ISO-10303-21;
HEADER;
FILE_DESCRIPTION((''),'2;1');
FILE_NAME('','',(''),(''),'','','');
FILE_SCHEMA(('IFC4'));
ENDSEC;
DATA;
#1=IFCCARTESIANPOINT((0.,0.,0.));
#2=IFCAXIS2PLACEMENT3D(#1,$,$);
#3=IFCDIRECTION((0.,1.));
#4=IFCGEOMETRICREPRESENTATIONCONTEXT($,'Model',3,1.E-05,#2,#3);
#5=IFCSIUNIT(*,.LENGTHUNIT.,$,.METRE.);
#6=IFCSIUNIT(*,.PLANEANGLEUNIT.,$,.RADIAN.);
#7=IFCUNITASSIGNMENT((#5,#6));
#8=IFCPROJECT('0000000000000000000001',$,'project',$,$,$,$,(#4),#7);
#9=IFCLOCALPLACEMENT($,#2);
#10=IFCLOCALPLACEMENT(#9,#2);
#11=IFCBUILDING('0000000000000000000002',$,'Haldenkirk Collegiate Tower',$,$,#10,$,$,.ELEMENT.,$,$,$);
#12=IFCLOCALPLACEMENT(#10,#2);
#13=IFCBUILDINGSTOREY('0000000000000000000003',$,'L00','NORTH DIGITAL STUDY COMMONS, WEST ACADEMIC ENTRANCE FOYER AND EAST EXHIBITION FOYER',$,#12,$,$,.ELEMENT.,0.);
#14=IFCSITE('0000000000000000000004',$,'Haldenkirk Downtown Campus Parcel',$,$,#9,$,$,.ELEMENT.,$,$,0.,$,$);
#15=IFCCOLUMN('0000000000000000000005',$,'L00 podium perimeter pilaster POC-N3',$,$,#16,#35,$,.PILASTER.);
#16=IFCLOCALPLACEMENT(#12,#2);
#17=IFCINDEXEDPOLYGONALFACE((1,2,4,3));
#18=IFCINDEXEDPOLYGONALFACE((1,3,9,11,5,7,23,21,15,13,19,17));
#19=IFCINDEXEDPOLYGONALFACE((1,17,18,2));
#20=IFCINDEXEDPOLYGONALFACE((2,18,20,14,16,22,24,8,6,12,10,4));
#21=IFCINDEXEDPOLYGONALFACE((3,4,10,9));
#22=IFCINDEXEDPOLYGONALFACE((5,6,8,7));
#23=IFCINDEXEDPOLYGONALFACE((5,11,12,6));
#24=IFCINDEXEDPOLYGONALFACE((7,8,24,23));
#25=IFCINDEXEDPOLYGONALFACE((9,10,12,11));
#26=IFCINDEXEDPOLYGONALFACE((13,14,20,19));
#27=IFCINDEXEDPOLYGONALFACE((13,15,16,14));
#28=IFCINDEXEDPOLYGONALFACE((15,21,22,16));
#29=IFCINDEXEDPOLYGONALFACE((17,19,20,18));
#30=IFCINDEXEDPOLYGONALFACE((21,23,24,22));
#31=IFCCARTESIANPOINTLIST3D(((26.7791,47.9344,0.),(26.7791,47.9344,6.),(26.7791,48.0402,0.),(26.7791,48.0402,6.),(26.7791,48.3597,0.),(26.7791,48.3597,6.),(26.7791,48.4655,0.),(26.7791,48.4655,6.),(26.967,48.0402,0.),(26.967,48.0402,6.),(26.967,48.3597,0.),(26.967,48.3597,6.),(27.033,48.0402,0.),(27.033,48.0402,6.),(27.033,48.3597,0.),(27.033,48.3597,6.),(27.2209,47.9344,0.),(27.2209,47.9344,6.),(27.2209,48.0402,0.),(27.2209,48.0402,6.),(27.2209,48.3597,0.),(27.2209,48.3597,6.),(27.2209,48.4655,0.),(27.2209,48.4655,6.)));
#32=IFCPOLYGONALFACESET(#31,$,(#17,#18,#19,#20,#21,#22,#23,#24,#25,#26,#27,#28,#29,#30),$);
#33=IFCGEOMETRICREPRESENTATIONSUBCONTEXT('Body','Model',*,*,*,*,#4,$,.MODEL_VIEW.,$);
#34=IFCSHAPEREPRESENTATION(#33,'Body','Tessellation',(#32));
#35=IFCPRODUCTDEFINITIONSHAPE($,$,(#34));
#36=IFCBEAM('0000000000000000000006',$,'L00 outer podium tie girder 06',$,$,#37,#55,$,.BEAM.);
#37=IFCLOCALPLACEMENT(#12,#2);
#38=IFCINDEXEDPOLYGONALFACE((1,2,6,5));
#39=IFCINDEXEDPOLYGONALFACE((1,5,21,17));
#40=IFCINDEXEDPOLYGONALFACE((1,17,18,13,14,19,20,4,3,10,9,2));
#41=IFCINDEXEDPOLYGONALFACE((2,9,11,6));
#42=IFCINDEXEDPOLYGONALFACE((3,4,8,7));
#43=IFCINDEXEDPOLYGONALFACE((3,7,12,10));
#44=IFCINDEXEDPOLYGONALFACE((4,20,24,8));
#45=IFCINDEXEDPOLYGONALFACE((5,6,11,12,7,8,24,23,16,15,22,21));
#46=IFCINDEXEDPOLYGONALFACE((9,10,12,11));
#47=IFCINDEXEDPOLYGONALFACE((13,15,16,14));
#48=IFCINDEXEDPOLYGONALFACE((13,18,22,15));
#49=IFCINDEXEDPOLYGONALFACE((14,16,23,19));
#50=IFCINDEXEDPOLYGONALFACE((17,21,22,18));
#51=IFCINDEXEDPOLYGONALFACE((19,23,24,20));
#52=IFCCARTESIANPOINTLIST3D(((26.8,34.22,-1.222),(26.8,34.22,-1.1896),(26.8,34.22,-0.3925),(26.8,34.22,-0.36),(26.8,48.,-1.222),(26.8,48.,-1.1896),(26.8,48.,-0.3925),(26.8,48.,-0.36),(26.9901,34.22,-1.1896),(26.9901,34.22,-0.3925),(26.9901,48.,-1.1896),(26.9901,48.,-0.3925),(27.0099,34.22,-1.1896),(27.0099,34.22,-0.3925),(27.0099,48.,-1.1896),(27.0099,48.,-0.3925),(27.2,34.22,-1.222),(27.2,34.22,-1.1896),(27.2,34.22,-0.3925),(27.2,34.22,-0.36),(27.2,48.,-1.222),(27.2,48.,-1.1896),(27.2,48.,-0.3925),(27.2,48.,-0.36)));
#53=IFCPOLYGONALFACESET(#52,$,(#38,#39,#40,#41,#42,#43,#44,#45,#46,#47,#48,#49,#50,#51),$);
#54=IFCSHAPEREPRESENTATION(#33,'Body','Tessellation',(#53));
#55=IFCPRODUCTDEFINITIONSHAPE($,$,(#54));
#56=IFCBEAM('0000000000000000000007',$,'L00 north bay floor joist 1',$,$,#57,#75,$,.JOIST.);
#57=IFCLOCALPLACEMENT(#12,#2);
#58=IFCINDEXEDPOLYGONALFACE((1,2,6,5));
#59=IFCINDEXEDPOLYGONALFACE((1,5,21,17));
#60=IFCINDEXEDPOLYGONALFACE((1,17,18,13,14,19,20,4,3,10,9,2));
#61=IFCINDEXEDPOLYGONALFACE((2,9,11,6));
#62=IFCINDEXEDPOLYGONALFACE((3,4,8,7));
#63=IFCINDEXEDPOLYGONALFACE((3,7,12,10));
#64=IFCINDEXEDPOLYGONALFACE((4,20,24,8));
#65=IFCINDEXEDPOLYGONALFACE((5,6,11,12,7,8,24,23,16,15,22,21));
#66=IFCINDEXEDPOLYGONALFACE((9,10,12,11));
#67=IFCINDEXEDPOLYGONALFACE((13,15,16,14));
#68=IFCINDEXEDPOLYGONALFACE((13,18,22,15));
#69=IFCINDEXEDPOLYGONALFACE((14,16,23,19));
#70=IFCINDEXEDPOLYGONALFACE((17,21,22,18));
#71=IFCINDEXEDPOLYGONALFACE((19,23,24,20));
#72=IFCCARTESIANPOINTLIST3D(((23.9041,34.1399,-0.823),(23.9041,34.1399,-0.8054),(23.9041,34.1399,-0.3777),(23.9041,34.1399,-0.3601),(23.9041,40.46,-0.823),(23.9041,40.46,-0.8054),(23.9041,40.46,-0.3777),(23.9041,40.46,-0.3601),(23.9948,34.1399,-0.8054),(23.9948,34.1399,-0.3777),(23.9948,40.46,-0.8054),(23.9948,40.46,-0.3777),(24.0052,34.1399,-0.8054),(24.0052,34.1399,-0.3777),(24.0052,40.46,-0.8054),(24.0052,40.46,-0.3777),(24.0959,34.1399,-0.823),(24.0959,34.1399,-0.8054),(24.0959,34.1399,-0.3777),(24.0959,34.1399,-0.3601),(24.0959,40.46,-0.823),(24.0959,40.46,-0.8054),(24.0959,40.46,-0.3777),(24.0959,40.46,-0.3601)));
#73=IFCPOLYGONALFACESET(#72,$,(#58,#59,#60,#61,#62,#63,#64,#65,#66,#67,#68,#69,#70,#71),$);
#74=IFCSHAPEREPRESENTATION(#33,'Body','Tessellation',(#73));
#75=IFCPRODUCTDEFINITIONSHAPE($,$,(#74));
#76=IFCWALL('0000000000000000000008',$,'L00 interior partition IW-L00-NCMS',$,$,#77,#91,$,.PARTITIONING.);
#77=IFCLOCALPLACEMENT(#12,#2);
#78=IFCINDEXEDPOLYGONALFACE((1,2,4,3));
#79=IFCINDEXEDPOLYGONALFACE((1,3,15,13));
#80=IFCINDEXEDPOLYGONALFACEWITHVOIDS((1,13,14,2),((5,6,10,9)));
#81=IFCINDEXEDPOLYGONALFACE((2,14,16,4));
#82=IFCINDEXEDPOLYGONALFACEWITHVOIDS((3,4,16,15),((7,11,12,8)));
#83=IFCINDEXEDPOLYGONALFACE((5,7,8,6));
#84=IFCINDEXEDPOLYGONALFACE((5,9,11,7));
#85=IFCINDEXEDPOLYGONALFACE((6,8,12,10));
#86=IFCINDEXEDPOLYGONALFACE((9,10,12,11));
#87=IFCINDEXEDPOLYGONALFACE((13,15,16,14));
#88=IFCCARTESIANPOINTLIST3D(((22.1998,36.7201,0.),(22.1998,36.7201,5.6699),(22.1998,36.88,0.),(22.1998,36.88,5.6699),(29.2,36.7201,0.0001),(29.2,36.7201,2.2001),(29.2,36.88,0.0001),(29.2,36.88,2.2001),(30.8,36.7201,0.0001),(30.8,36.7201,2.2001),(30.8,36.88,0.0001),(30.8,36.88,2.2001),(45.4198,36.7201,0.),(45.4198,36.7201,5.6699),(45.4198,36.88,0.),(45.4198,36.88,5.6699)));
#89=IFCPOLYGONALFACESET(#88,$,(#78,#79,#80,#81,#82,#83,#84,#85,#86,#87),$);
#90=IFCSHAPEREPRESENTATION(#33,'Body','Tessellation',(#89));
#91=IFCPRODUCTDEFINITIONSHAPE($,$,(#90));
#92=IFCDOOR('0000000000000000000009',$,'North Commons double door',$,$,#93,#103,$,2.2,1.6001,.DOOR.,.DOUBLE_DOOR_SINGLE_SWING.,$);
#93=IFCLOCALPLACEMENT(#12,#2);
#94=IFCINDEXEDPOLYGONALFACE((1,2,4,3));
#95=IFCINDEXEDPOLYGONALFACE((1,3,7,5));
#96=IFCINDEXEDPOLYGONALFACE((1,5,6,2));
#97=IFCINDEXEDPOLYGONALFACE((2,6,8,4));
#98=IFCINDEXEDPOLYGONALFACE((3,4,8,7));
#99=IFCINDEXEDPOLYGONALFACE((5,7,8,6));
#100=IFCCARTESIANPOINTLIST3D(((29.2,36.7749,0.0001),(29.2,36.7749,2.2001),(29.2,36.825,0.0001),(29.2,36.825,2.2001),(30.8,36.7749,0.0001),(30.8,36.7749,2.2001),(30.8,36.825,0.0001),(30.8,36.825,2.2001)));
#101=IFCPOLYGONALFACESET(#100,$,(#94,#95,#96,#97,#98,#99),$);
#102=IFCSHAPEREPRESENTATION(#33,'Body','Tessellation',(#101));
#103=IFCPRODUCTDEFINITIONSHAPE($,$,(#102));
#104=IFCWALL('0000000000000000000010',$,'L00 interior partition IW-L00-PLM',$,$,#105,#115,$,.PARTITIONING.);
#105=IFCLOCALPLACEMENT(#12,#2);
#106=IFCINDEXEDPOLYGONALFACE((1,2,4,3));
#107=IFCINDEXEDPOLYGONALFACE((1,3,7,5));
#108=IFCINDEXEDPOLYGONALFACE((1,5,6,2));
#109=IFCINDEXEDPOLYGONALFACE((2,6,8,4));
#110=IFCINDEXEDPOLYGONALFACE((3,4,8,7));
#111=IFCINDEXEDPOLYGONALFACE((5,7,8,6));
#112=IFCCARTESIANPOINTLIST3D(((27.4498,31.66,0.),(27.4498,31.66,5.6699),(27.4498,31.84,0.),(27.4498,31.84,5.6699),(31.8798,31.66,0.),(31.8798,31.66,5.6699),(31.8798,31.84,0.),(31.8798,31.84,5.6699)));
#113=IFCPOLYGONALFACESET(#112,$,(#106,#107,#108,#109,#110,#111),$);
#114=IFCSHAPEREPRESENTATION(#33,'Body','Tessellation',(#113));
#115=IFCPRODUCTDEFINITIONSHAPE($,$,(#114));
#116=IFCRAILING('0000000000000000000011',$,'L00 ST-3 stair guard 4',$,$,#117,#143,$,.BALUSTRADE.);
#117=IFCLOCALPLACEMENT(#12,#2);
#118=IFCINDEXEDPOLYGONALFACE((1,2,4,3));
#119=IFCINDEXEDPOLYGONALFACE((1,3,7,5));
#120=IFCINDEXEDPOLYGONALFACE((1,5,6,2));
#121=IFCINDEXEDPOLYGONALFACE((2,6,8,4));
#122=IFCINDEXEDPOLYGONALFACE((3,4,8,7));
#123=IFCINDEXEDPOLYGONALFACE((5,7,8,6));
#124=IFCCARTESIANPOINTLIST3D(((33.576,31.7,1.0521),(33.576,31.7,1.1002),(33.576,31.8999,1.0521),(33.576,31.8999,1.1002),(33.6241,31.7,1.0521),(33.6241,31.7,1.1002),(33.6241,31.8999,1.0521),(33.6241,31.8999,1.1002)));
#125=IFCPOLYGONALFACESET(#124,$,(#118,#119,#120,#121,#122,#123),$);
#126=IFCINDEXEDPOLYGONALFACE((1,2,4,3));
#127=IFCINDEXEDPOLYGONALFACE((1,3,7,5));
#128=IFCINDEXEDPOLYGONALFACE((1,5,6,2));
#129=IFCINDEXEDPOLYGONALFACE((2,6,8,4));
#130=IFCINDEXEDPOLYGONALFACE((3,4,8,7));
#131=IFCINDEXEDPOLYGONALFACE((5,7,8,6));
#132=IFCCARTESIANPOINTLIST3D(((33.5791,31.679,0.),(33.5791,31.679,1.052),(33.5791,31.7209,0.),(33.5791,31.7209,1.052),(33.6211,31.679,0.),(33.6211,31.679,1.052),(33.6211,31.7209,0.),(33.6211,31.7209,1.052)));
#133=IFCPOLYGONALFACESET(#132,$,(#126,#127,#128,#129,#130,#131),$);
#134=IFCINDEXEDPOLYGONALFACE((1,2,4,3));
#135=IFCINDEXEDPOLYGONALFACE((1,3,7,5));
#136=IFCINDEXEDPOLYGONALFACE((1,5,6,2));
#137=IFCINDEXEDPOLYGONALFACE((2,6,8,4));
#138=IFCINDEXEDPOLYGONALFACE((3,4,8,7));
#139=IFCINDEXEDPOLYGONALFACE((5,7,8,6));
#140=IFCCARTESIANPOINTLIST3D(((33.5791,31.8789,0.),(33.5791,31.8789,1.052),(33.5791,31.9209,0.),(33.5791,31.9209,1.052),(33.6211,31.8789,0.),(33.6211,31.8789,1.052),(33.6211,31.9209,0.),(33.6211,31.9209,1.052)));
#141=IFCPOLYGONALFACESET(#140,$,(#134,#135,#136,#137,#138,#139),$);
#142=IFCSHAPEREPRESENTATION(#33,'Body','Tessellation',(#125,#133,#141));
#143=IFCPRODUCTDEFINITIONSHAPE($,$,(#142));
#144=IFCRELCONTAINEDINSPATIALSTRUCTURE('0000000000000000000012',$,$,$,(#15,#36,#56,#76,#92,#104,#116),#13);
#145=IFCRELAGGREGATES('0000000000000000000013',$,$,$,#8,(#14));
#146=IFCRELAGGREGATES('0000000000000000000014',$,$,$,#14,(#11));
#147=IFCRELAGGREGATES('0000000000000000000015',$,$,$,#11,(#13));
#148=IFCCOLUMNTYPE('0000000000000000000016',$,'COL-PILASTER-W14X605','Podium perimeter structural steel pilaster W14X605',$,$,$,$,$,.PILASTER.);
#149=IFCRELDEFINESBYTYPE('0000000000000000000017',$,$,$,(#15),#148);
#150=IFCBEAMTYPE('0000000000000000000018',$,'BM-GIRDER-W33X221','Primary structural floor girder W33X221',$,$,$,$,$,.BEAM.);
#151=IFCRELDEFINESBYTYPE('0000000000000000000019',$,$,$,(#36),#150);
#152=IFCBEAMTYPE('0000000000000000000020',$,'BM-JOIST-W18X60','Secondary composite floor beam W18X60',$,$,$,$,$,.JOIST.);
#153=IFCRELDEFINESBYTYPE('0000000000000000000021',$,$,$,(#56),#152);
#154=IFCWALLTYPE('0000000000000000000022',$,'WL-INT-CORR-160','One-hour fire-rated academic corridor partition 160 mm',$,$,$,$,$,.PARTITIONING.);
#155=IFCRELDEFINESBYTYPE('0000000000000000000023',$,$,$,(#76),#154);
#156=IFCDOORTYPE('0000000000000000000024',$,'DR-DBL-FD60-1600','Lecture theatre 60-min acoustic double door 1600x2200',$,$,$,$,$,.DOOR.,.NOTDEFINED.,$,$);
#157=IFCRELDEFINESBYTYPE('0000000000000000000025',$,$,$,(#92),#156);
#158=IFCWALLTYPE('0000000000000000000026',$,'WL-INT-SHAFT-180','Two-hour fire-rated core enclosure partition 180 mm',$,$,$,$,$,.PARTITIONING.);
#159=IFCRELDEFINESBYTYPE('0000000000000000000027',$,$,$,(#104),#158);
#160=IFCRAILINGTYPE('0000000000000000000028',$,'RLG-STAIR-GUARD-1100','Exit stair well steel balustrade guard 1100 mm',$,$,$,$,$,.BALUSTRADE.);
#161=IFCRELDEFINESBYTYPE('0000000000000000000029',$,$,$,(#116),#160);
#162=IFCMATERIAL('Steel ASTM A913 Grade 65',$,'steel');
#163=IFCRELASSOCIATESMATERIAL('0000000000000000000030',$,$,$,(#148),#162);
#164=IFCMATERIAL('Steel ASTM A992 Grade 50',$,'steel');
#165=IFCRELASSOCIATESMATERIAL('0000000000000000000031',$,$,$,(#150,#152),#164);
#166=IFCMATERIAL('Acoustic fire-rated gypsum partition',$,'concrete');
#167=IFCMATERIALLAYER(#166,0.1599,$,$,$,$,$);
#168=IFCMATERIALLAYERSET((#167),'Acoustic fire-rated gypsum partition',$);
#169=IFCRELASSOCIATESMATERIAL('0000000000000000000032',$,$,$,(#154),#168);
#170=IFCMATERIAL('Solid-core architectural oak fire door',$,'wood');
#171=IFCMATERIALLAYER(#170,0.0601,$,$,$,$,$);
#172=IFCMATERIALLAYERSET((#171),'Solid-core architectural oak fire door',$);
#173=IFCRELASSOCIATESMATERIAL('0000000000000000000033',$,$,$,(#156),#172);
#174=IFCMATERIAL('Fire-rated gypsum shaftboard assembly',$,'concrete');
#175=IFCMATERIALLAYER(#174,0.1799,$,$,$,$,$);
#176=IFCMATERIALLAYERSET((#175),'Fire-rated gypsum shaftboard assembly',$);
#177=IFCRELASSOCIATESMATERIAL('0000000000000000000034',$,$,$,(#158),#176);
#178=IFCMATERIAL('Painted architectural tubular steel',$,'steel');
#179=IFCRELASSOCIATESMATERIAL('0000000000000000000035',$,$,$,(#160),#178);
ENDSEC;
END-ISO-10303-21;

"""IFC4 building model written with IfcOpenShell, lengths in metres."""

from ifc_helpers import new_model, si_unit, direction, frame, frame_2d, origin, origin_2d, place, context, subcontext, project, spatial, rectangle, i_section, extrude, material, layer, layer_set, material_profile, profile_set, type_object, element, fill, save


model = new_model("IFC4")

# Units and contexts
model_context = context("Model", 3, precision=1e-05, world=origin(), true_north=direction((0.0, 1.0)))
body_context = subcontext(model_context, "Body", "Model", "MODEL_VIEW")
ifc_project = project(units=[si_unit("LENGTHUNIT", "METRE"), si_unit("PLANEANGLEUNIT", "RADIAN")], contexts=[model_context])

# Site, building, storey
site_placement = place(None, origin())
site = spatial("IfcSite", under=ifc_project, at=site_placement, Name="Haldenkirk Downtown Campus Parcel", CompositionType="ELEMENT", RefElevation=0.0)
building_placement = place(site_placement, origin())
building = spatial("IfcBuilding", under=site, at=building_placement, Name="Haldenkirk Collegiate Tower", CompositionType="ELEMENT")
storey_placement = place(building_placement, origin())
storey = spatial("IfcBuildingStorey", under=building, at=storey_placement, Name="L00", Description="NORTH DIGITAL STUDY COMMONS, WEST ACADEMIC ENTRANCE FOYER AND EAST EXHIBITION FOYER", CompositionType="ELEMENT", Elevation=0.0)

# Column
ifc_material_1 = material(Name="Steel ASTM A913 Grade 65", Category="steel")
ifc_material_profile_1 = material_profile(ifc_material_1, i_section(OverallWidth=0.4419, OverallDepth=0.531, WebThickness=0.0659, FlangeThickness=0.1057, at=origin_2d()), Name="W14X605")
ifc_profile_set_1 = profile_set([ifc_material_profile_1], Name="Steel ASTM A913 Grade 65")
column_type = type_object("IfcColumnType", Name="COL-PILASTER-W14X605", Description="Podium perimeter structural steel pilaster W14X605", PredefinedType="PILASTER", material=ifc_profile_set_1)
column_placement = place(storey_placement, frame((27.0, 48.2, 0.0), z_axis=(0.0, 0.0, 1.0), x_axis=(1.0, 0.0, 0.0)))
element("IfcColumn", 1, at=column_placement, inside=storey, type_object=column_type, Name="L00 podium perimeter pilaster POC-N3", PredefinedType="PILASTER", context=body_context, shape_type="SweptSolid", body=[
    extrude(i_section(OverallWidth=0.4419, OverallDepth=0.531, WebThickness=0.0659, FlangeThickness=0.1057, at=origin_2d()), origin(), (0.0, 0.0, 1.0), 6.0),
])

# Beams
ifc_material_2 = material(Name="Steel ASTM A992 Grade 50", Category="steel")
ifc_material_profile_2 = material_profile(ifc_material_2, i_section(OverallWidth=0.3999, OverallDepth=0.8621, WebThickness=0.0198, FlangeThickness=0.0325, at=origin_2d()), Name="W33X221")
ifc_profile_set_2 = profile_set([ifc_material_profile_2], Name="Steel ASTM A992 Grade 50")
beam_type_1 = type_object("IfcBeamType", Name="BM-GIRDER-W33X221", Description="Primary structural floor girder W33X221", PredefinedType="BEAM", material=ifc_profile_set_2)
beam_1_placement = place(storey_placement, frame((27.0, 48.0, -0.791), z_axis=(0.0, -1.0, 0.0), x_axis=(1.0, 0.0, 0.0)))
element("IfcBeam", 2, at=beam_1_placement, inside=storey, type_object=beam_type_1, Name="L00 outer podium tie girder 06", PredefinedType="BEAM", context=body_context, shape_type="SweptSolid", body=[
    extrude(i_section(OverallWidth=0.3999, OverallDepth=0.8621, WebThickness=0.0198, FlangeThickness=0.0325, at=origin_2d()), origin(), (0.0, 0.0, 1.0), 13.78),
])
ifc_material_profile_3 = material_profile(ifc_material_2, i_section(OverallWidth=0.1919, OverallDepth=0.4629, WebThickness=0.0105, FlangeThickness=0.0176, at=origin_2d()), Name="W18X60")
ifc_profile_set_3 = profile_set([ifc_material_profile_3], Name="Steel ASTM A992 Grade 50")
beam_type_2 = type_object("IfcBeamType", Name="BM-JOIST-W18X60", Description="Secondary composite floor beam W18X60", PredefinedType="JOIST", material=ifc_profile_set_3)
beam_2_placement = place(storey_placement, frame((24.0, 34.1399, -0.5916), z_axis=(0.0, 1.0, 0.0), x_axis=(-1.0, 0.0, 0.0)))
element("IfcBeam", 3, at=beam_2_placement, inside=storey, type_object=beam_type_2, Name="L00 north bay floor joist 1", PredefinedType="JOIST", context=body_context, shape_type="SweptSolid", body=[
    extrude(i_section(OverallWidth=0.1919, OverallDepth=0.4629, WebThickness=0.0105, FlangeThickness=0.0176, at=origin_2d()), origin(), (0.0, 0.0, 1.0), 6.3201),
])

# Wall, opening, door
ifc_material_3 = material(Name="Acoustic fire-rated gypsum partition", Category="concrete")
ifc_layer_1 = layer(ifc_material_3, 0.1599)
ifc_layer_set_1 = layer_set([ifc_layer_1], Name="Acoustic fire-rated gypsum partition")
wall_type_1 = type_object("IfcWallType", Name="WL-INT-CORR-160", Description="One-hour fire-rated academic corridor partition 160 mm", PredefinedType="PARTITIONING", material=ifc_layer_set_1)
wall_1_placement = place(storey_placement, frame((22.2, 36.8, 0.0), z_axis=(0.0, 0.0, 1.0), x_axis=(1.0, 0.0, 0.0)))
wall_1 = element("IfcWall", 4, at=wall_1_placement, inside=storey, type_object=wall_type_1, Name="L00 interior partition IW-L00-NCMS", PredefinedType="PARTITIONING", context=body_context, shape_type="SweptSolid", body=[
    extrude(rectangle(XDim=23.22, YDim=0.1599, at=frame_2d((11.6099, 0.0))), origin(), (0.0, 0.0, 1.0), 5.6699),
])
opening_1_placement = place(wall_1_placement, frame((7.0, 0.0, 0.0)))
opening_1 = element("IfcOpeningElement", 5, at=opening_1_placement, cuts=wall_1, PredefinedType="OPENING", context=body_context, shape_type="SweptSolid", body=[
    extrude(rectangle(XDim=1.6001, YDim=2.2, at=frame_2d((0.8, 1.1001))), frame((0.0, 0.0898, 0.0), z_axis=(0.0, -1.0, 0.0), x_axis=(1.0, 0.0, 0.0)), (0.0, 0.0, 1.0), 0.1799),
])
ifc_material_4 = material(Name="Solid-core architectural oak fire door", Category="wood")
ifc_layer_2 = layer(ifc_material_4, 0.0601)
ifc_layer_set_2 = layer_set([ifc_layer_2], Name="Solid-core architectural oak fire door")
door_type_1 = type_object("IfcDoorType", Name="DR-DBL-FD60-1600", Description="Lecture theatre 60-min acoustic double door 1600x2200", OperationType="NOTDEFINED", PredefinedType="DOOR", material=ifc_layer_set_2)
door_1_placement = place(opening_1_placement, origin())
door_1 = element("IfcDoor", 6, at=door_1_placement, inside=storey, type_object=door_type_1, Name="North Commons double door", OperationType="DOUBLE_DOOR_SINGLE_SWING", OverallHeight=2.2, OverallWidth=1.6001, PredefinedType="DOOR", context=body_context, shape_type="SweptSolid", body=[
    extrude(rectangle(XDim=1.6001, YDim=2.2, at=frame_2d((0.8, 1.1001))), frame((0.0, 0.0249, 0.0), z_axis=(0.0, -1.0, 0.0), x_axis=(1.0, 0.0, 0.0)), (0.0, 0.0, 1.0), 0.05),
])
fill(opening_1, door_1)

# Wall
ifc_material_5 = material(Name="Fire-rated gypsum shaftboard assembly", Category="concrete")
ifc_layer_3 = layer(ifc_material_5, 0.1799)
ifc_layer_set_3 = layer_set([ifc_layer_3], Name="Fire-rated gypsum shaftboard assembly")
wall_type_2 = type_object("IfcWallType", Name="WL-INT-SHAFT-180", Description="Two-hour fire-rated core enclosure partition 180 mm", PredefinedType="PARTITIONING", material=ifc_layer_set_3)
wall_2_placement = place(storey_placement, frame((27.45, 31.75, 0.0), z_axis=(0.0, 0.0, 1.0), x_axis=(1.0, 0.0, 0.0)))
element("IfcWall", 7, at=wall_2_placement, inside=storey, type_object=wall_type_2, Name="L00 interior partition IW-L00-PLM", PredefinedType="PARTITIONING", context=body_context, shape_type="SweptSolid", body=[
    extrude(rectangle(XDim=4.4299, YDim=0.1799, at=frame_2d((2.2148, 0.0))), origin(), (0.0, 0.0, 1.0), 5.6699),
])

# Railing
ifc_material_6 = material(Name="Painted architectural tubular steel", Category="steel")
railing_type = type_object("IfcRailingType", Name="RLG-STAIR-GUARD-1100", Description="Exit stair well steel balustrade guard 1100 mm", PredefinedType="BALUSTRADE", material=ifc_material_6)
railing_placement = place(storey_placement, frame((33.6001, 31.7, 0.0)))
element("IfcRailing", 8, at=railing_placement, inside=storey, type_object=railing_type, Name="L00 ST-3 stair guard 4", PredefinedType="BALUSTRADE", context=body_context, shape_type="SweptSolid", body=[
    extrude(rectangle(XDim=0.0481, YDim=0.0481, at=origin_2d()), frame((0.0, 0.0, 1.0762), z_axis=(0.0, 1.0, 0.0), x_axis=(-1.0, 0.0, 0.0)), (0.0, 0.0, 1.0), 0.2),
    extrude(rectangle(XDim=0.042, YDim=0.042, at=origin_2d()), origin(), (0.0, 0.0, 1.0), 1.052),
    extrude(rectangle(XDim=0.042, YDim=0.042, at=origin_2d()), frame((0.0, 0.2, 0.0)), (0.0, 0.0, 1.0), 1.052),
])

save(model, "model.ifc")
